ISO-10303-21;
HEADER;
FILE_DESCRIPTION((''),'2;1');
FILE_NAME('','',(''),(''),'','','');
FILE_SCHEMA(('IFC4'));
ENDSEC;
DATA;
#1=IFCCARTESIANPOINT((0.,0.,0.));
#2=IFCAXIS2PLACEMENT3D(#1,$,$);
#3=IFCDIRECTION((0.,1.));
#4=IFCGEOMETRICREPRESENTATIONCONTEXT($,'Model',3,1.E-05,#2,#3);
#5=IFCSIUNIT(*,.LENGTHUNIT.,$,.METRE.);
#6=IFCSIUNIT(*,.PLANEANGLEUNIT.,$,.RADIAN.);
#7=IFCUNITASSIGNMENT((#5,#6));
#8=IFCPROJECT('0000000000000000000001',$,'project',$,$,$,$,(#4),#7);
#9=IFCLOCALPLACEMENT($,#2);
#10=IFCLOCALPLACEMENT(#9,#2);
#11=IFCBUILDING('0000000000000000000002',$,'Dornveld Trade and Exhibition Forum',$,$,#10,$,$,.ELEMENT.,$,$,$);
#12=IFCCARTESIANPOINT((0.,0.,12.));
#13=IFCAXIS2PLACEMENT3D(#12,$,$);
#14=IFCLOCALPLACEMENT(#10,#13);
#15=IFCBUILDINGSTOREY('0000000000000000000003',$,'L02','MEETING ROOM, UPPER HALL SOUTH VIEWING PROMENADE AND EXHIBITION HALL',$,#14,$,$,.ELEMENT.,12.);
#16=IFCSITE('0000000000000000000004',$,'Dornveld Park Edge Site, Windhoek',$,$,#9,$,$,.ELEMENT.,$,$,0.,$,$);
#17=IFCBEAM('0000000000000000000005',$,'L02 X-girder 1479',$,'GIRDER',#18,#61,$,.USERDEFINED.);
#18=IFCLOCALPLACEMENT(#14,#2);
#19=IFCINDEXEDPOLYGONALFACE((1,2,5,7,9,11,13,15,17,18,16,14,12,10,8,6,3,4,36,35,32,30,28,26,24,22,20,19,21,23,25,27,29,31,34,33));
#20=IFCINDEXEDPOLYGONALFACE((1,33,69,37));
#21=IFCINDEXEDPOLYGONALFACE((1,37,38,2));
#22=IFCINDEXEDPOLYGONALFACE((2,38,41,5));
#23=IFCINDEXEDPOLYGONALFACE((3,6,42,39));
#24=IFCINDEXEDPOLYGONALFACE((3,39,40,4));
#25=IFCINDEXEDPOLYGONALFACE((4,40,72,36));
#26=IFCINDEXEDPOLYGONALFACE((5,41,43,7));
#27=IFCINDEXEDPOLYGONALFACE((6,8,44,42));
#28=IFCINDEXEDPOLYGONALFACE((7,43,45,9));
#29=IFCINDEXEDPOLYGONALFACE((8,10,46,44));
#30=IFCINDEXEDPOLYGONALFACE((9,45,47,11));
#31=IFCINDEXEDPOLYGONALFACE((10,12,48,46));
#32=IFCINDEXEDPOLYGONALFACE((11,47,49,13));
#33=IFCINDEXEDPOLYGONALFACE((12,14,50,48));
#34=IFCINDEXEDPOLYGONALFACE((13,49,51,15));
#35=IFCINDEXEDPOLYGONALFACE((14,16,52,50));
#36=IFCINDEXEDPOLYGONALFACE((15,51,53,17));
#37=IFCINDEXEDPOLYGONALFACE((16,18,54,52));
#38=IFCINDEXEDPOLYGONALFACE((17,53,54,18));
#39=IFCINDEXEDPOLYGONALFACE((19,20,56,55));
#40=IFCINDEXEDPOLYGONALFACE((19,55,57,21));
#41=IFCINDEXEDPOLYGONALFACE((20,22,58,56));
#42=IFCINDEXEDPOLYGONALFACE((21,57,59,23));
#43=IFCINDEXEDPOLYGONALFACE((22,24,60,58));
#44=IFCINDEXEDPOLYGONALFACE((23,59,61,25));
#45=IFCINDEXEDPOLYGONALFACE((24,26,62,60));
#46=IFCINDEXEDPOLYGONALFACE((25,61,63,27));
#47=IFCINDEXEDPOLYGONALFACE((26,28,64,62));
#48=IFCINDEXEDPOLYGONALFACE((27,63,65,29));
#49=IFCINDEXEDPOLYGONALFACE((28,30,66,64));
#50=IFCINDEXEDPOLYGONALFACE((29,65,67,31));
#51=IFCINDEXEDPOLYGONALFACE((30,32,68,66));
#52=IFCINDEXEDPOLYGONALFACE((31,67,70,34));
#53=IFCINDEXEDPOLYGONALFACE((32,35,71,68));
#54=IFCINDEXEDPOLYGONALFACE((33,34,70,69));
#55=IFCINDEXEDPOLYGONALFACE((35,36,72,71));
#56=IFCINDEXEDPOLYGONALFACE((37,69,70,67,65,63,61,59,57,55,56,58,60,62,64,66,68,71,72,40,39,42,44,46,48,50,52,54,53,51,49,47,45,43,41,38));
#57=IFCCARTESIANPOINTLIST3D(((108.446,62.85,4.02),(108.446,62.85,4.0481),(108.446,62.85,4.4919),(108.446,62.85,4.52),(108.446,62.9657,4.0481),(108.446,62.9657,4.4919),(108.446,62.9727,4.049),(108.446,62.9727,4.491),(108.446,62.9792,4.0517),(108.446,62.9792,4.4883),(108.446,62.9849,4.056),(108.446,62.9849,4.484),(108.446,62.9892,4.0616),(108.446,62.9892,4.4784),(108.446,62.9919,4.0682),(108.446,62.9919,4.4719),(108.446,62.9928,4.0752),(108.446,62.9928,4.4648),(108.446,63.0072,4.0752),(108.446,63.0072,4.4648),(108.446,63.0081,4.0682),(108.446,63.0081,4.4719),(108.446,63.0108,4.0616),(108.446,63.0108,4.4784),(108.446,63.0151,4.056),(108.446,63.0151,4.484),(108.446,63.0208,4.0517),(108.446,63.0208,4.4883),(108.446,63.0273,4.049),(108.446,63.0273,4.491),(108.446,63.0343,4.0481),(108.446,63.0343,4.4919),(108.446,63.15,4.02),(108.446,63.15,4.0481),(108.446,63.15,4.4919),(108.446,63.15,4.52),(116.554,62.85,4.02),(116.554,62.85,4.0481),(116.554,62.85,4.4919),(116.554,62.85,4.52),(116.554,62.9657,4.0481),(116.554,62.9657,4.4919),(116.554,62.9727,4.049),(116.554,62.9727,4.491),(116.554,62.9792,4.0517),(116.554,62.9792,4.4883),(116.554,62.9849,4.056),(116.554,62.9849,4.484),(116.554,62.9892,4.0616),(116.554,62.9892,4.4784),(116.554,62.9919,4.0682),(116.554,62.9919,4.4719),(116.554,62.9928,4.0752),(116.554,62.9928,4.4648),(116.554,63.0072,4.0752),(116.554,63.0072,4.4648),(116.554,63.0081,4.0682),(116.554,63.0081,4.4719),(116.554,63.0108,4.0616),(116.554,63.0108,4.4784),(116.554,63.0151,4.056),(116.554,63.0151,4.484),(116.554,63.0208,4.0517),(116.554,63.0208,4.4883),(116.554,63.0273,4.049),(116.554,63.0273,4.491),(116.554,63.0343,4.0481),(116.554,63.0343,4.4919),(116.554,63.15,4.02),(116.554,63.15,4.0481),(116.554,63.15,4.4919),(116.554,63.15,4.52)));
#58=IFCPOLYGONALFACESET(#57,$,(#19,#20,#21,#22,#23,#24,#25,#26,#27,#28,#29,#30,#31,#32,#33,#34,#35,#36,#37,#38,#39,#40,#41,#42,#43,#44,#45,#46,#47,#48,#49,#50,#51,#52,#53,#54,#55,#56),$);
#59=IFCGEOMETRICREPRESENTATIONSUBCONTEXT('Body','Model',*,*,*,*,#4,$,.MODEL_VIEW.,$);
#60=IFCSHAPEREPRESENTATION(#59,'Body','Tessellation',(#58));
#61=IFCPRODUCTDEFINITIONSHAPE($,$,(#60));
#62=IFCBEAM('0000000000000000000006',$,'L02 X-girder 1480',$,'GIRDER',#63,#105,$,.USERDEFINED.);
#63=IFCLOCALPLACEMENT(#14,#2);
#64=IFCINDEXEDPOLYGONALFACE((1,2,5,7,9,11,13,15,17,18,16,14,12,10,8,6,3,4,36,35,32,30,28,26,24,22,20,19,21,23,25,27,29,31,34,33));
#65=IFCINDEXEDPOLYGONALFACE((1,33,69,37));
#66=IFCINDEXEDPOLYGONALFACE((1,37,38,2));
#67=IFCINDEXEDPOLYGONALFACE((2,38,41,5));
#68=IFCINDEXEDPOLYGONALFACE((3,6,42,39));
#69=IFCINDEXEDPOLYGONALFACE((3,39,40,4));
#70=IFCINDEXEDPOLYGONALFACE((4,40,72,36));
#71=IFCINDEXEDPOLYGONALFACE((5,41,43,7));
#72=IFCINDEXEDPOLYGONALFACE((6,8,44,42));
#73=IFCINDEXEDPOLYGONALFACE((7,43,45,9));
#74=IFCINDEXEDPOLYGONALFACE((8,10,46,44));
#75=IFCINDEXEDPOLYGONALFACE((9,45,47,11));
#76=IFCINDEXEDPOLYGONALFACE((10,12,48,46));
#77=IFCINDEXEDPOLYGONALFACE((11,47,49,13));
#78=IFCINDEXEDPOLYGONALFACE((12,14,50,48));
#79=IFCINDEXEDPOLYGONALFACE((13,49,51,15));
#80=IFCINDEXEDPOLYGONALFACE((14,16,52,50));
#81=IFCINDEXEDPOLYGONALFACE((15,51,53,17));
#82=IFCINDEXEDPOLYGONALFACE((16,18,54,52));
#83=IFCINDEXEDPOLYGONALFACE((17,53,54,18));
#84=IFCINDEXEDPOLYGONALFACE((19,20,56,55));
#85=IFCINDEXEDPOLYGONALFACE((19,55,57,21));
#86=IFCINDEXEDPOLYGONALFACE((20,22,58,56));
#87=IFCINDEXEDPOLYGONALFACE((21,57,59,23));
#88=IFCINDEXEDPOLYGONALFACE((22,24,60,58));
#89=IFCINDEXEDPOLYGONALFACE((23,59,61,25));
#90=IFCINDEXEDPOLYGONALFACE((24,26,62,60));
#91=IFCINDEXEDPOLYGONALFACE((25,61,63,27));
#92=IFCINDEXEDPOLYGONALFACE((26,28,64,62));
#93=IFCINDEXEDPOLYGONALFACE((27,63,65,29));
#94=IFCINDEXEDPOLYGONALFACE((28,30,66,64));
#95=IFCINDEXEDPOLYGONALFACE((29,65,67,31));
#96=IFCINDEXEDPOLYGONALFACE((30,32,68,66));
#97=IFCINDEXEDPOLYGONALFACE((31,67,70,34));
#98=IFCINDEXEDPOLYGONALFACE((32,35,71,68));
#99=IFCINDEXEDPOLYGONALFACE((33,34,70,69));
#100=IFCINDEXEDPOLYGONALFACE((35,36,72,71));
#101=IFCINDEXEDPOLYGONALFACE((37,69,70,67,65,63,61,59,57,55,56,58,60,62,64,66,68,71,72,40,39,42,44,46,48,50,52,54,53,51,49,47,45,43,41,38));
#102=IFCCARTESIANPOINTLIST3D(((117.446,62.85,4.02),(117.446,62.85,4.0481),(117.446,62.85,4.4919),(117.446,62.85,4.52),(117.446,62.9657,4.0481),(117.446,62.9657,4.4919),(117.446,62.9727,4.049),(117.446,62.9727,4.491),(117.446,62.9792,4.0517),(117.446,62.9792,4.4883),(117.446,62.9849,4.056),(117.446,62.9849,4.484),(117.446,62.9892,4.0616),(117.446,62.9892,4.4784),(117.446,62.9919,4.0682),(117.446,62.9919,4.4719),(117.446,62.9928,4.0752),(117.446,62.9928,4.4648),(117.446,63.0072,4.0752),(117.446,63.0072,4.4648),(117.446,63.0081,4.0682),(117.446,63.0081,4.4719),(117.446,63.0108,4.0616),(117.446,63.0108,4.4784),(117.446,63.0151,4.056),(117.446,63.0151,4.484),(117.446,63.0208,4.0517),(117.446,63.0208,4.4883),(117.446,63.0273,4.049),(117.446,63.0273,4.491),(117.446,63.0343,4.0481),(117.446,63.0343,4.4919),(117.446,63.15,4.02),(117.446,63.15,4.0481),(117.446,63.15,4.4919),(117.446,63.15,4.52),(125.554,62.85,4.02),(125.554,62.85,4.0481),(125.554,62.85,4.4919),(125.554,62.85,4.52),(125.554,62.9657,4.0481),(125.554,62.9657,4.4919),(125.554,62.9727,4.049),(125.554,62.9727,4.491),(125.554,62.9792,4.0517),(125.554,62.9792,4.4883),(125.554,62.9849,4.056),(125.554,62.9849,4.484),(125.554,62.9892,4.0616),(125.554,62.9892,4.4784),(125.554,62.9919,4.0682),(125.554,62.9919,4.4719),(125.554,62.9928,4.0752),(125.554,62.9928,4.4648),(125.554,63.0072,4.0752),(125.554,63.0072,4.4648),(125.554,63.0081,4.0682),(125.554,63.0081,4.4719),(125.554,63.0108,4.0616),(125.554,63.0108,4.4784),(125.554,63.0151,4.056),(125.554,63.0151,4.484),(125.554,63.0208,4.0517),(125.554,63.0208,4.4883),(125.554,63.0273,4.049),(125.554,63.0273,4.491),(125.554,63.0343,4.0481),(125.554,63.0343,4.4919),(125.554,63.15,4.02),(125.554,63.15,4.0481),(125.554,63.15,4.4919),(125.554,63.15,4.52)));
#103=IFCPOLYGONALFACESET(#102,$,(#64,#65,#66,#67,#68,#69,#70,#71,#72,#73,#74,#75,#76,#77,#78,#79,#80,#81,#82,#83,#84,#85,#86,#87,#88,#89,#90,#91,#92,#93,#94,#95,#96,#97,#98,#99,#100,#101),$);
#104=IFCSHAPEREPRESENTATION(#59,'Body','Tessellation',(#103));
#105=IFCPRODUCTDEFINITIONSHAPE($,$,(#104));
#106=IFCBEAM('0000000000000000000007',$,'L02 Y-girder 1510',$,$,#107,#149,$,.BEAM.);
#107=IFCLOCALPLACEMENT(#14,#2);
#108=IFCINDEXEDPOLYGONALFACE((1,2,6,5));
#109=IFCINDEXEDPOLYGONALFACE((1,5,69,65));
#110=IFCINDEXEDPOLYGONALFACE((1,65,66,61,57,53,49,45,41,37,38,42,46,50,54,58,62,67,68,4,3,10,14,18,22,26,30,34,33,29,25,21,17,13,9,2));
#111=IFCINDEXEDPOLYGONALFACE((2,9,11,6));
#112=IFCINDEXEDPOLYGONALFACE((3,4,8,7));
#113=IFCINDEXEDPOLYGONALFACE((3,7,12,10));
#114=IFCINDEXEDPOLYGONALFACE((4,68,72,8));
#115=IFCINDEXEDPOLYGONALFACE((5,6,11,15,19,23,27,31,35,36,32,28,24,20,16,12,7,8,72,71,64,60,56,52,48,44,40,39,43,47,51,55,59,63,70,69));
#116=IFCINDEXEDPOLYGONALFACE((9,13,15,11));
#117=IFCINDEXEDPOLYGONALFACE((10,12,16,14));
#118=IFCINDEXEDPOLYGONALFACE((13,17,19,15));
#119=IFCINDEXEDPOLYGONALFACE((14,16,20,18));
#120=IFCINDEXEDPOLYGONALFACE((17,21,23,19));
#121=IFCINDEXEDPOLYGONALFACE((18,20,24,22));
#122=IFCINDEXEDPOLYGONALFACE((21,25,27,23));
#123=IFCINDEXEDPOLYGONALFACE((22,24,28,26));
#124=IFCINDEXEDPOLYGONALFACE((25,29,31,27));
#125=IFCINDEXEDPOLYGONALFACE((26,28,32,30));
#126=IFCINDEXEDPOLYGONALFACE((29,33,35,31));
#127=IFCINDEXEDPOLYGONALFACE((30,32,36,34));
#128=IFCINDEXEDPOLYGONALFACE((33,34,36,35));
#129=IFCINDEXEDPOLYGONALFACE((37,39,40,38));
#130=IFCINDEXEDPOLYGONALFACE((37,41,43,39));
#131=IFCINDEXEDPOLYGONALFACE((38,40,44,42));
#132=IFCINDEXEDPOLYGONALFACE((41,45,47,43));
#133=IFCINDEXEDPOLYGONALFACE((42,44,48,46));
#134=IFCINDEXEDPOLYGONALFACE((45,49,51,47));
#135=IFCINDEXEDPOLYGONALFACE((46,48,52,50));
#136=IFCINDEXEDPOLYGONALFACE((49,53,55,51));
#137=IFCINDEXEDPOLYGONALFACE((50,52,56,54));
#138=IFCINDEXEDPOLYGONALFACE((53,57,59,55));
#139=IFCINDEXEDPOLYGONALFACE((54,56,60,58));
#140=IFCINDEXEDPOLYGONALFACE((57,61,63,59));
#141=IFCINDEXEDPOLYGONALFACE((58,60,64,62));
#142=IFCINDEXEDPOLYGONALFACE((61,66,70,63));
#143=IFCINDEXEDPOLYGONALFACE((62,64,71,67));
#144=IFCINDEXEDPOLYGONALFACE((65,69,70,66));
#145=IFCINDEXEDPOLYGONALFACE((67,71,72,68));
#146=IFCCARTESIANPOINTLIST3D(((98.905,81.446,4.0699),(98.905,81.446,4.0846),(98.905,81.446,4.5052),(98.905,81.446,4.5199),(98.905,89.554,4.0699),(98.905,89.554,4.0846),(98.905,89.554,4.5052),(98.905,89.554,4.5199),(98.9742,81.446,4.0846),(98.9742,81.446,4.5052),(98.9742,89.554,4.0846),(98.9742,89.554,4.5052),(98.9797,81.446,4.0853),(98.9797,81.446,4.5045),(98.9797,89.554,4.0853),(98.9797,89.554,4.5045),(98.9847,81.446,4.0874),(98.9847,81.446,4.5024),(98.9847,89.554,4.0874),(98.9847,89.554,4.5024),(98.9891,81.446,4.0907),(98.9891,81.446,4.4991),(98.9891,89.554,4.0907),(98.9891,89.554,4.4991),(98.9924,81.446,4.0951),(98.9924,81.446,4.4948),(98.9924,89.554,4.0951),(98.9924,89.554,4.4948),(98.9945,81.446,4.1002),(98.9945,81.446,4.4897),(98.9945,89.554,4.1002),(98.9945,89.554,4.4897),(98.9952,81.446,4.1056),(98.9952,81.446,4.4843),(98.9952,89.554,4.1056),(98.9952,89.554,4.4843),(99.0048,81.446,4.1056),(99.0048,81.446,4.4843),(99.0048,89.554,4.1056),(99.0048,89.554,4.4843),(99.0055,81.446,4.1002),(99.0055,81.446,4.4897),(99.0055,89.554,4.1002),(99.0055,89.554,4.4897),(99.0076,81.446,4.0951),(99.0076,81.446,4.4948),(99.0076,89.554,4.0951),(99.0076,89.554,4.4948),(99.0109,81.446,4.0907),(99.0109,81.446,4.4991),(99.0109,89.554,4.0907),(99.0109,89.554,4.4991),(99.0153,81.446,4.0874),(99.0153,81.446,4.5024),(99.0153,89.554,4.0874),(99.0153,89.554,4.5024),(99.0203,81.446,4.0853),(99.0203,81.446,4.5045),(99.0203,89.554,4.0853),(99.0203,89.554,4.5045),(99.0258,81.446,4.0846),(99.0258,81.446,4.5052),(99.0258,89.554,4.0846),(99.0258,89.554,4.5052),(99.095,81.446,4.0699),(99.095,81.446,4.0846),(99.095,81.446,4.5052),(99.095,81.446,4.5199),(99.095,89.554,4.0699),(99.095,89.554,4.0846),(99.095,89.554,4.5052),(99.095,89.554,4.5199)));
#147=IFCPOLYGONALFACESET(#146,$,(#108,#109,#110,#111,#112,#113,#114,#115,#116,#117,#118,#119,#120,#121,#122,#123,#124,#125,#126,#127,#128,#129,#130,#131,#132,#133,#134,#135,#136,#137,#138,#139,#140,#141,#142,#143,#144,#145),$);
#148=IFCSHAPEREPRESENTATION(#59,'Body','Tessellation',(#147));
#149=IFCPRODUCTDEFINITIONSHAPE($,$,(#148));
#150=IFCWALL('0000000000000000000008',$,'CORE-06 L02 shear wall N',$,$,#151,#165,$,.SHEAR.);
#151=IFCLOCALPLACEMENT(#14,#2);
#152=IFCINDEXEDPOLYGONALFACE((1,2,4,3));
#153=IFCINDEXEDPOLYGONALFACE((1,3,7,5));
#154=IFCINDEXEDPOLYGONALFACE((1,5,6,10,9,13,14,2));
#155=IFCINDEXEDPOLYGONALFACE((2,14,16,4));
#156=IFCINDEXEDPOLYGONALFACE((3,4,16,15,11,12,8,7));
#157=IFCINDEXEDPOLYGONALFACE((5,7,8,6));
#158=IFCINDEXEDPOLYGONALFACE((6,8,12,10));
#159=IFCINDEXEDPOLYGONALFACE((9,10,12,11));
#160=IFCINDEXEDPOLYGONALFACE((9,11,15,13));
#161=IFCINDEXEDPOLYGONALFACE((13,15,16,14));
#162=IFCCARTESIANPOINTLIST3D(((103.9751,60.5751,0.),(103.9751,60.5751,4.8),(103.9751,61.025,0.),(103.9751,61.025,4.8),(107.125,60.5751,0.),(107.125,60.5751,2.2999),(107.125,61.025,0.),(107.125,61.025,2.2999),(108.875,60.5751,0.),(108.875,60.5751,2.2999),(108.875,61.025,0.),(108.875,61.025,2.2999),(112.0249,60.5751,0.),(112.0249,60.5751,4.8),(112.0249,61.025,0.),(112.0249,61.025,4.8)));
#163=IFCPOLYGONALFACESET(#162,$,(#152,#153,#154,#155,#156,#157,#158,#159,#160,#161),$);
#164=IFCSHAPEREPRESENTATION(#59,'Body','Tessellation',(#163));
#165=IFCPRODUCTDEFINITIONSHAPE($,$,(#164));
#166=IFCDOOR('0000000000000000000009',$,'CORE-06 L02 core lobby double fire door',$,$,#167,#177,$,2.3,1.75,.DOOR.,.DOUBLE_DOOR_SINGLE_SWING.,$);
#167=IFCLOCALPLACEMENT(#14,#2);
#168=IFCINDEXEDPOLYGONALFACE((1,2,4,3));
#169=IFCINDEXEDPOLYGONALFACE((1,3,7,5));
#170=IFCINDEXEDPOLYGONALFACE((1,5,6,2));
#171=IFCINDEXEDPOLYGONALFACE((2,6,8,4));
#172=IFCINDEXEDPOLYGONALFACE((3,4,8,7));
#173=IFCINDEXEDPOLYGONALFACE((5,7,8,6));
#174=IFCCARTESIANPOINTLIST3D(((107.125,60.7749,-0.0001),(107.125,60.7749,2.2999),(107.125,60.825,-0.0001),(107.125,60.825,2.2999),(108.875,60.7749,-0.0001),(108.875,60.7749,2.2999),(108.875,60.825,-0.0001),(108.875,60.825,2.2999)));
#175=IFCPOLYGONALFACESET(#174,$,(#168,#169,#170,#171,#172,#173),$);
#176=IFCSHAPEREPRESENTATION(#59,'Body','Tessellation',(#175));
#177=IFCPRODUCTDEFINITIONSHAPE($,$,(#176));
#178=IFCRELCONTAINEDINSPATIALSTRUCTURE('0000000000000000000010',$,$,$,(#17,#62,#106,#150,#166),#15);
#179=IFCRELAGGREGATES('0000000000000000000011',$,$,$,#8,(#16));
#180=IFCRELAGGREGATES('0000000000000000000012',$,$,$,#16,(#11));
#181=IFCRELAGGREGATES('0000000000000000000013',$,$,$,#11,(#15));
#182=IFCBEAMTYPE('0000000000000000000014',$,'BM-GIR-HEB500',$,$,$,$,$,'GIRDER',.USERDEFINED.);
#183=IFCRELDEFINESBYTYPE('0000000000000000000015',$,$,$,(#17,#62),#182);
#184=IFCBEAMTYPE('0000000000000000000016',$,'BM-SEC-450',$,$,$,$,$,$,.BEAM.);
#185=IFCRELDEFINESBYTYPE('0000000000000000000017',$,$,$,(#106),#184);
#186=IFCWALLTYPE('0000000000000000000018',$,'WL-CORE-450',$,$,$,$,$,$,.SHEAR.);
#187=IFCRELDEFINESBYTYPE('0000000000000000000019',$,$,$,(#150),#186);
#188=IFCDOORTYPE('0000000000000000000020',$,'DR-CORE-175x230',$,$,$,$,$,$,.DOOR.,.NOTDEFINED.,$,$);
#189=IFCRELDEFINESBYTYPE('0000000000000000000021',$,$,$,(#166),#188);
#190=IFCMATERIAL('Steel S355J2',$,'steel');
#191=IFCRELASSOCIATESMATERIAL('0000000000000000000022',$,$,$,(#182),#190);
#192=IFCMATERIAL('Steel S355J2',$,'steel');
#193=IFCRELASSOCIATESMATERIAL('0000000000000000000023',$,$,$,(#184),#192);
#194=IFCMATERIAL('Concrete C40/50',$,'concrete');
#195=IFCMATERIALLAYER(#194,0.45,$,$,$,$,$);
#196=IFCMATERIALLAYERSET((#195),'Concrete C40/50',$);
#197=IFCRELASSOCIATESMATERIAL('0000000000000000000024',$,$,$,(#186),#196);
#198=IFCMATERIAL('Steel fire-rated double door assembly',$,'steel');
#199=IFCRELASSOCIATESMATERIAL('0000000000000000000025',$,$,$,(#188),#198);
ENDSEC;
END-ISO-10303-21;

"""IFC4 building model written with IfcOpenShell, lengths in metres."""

from ifc_helpers import new_model, si_unit, direction, frame, frame_2d, origin, origin_2d, place, context, subcontext, project, spatial, rectangle, i_section, extrude, material, layer, layer_set, material_profile, profile_set, type_object, element, fill, save


model = new_model("IFC4")

# Units and contexts
model_context = context("Model", 3, precision=1e-05, world=origin(), true_north=direction((0.0, 1.0)))
body_context = subcontext(model_context, "Body", "Model", "MODEL_VIEW")
ifc_project = project(units=[si_unit("LENGTHUNIT", "METRE"), si_unit("PLANEANGLEUNIT", "RADIAN")], contexts=[model_context])

# Site, building, storey
site_placement = place(None, origin())
site = spatial("IfcSite", under=ifc_project, at=site_placement, Name="Dornveld Park Edge Site, Windhoek", CompositionType="ELEMENT", RefElevation=0.0)
building_placement = place(site_placement, origin())
building = spatial("IfcBuilding", under=site, at=building_placement, Name="Dornveld Trade and Exhibition Forum", CompositionType="ELEMENT")
storey_placement = place(building_placement, frame((0.0, 0.0, 12.0)))
storey = spatial("IfcBuildingStorey", under=building, at=storey_placement, Name="L02", Description="MEETING ROOM, UPPER HALL SOUTH VIEWING PROMENADE AND EXHIBITION HALL", CompositionType="ELEMENT", Elevation=12.0)

# Beams
ifc_material_1 = material(Name="Steel S355J2", Category="steel")
ifc_material_profile_1 = material_profile(ifc_material_1, i_section(OverallWidth=0.3, OverallDepth=0.5, WebThickness=0.0144, FlangeThickness=0.0281, FilletRadius=0.0271, at=origin_2d()), Name="HEB 500")
ifc_profile_set_1 = profile_set([ifc_material_profile_1], Name="Steel S355J2")
beam_type_1 = type_object("IfcBeamType", Name="BM-GIR-HEB500", ElementType="GIRDER", PredefinedType="USERDEFINED", material=ifc_profile_set_1)
for number, where, z_axis, x_axis, name in (
    (1, (108.446, 63.0, 4.27), (1.0, 0.0, 0.0), (0.0, 1.0, 0.0), "L02 X-girder 1479"),
    (2, (117.446, 63.0, 4.27), (1.0, 0.0, 0.0), (0.0, 1.0, 0.0), "L02 X-girder 1480"),
):
    element("IfcBeam", number, at=place(storey_placement, frame(where, z_axis=z_axis, x_axis=x_axis)), inside=storey, type_object=beam_type_1, Name=name, ObjectType="GIRDER", PredefinedType="USERDEFINED", context=body_context, shape_type="SweptSolid", body=[
        extrude(i_section(OverallWidth=0.3, OverallDepth=0.5, WebThickness=0.0144, FlangeThickness=0.0281, FilletRadius=0.0271, at=origin_2d()), origin(), (0.0, 0.0, 1.0), 8.1079),
    ])
ifc_material_2 = material(Name="Steel S355J2", Category="steel")
ifc_material_profile_2 = material_profile(ifc_material_2, i_section(OverallWidth=0.1899, OverallDepth=0.45, WebThickness=0.0095, FlangeThickness=0.0146, FilletRadius=0.021, at=origin_2d()), Name="IPE 450")
ifc_profile_set_2 = profile_set([ifc_material_profile_2], Name="Steel S355J2")
beam_type_2 = type_object("IfcBeamType", Name="BM-SEC-450", PredefinedType="BEAM", material=ifc_profile_set_2)
beam_placement = place(storey_placement, frame((99.0, 81.446, 4.2949), z_axis=(0.0, 1.0, 0.0), x_axis=(-1.0, 0.0, 0.0)))
element("IfcBeam", 3, at=beam_placement, inside=storey, type_object=beam_type_2, Name="L02 Y-girder 1510", PredefinedType="BEAM", context=body_context, shape_type="SweptSolid", body=[
    extrude(i_section(OverallWidth=0.1899, OverallDepth=0.45, WebThickness=0.0095, FlangeThickness=0.0146, FilletRadius=0.021, at=origin_2d()), origin(), (0.0, 0.0, 1.0), 8.1079),
])

# Wall, opening, door
ifc_material_3 = material(Name="Concrete C40/50", Category="concrete")
ifc_layer_1 = layer(ifc_material_3, 0.45)
ifc_layer_set_1 = layer_set([ifc_layer_1], Name="Concrete C40/50")
wall_type_1 = type_object("IfcWallType", Name="WL-CORE-450", PredefinedType="SHEAR", material=ifc_layer_set_1)
wall_1_placement = place(storey_placement, frame((103.9751, 60.8, 0.0), z_axis=(0.0, 0.0, 1.0), x_axis=(1.0, 0.0, 0.0)))
wall_1 = element("IfcWall", 4, at=wall_1_placement, inside=storey, type_object=wall_type_1, Name="CORE-06 L02 shear wall N", PredefinedType="SHEAR", context=body_context, shape_type="SweptSolid", body=[
    extrude(rectangle(XDim=8.0498, YDim=0.45, at=frame_2d((4.0249, 0.0))), origin(), (0.0, 0.0, 1.0), 4.8),
])
opening_1_placement = place(wall_1_placement, frame((3.1499, 0.0, 0.0)))
opening_1 = element("IfcOpeningElement", 5, at=opening_1_placement, cuts=wall_1, PredefinedType="OPENING", context=body_context, shape_type="SweptSolid", body=[
    extrude(rectangle(XDim=1.75, YDim=2.3, at=frame_2d((0.875, 1.1499))), frame((0.0, 0.2349, 0.0), z_axis=(0.0, -1.0, 0.0), x_axis=(1.0, 0.0, 0.0)), (0.0, 0.0, 1.0), 0.47),
])
ifc_material_4 = material(Name="Steel fire-rated double door assembly", Category="steel")
door_type_1 = type_object("IfcDoorType", Name="DR-CORE-175x230", OperationType="NOTDEFINED", PredefinedType="DOOR", material=ifc_material_4)
door_1_placement = place(opening_1_placement, origin())
door_1 = element("IfcDoor", 6, at=door_1_placement, inside=storey, type_object=door_type_1, Name="CORE-06 L02 core lobby double fire door", OperationType="DOUBLE_DOOR_SINGLE_SWING", OverallHeight=2.3, OverallWidth=1.75, PredefinedType="DOOR", context=body_context, shape_type="SweptSolid", body=[
    extrude(rectangle(XDim=1.75, YDim=2.3, at=frame_2d((0.875, 1.1499))), frame((0.0, 0.0249, 0.0), z_axis=(0.0, -1.0, 0.0), x_axis=(1.0, 0.0, 0.0)), (0.0, 0.0, 1.0), 0.05),
])
fill(opening_1, door_1)

save(model, "model.ifc")
